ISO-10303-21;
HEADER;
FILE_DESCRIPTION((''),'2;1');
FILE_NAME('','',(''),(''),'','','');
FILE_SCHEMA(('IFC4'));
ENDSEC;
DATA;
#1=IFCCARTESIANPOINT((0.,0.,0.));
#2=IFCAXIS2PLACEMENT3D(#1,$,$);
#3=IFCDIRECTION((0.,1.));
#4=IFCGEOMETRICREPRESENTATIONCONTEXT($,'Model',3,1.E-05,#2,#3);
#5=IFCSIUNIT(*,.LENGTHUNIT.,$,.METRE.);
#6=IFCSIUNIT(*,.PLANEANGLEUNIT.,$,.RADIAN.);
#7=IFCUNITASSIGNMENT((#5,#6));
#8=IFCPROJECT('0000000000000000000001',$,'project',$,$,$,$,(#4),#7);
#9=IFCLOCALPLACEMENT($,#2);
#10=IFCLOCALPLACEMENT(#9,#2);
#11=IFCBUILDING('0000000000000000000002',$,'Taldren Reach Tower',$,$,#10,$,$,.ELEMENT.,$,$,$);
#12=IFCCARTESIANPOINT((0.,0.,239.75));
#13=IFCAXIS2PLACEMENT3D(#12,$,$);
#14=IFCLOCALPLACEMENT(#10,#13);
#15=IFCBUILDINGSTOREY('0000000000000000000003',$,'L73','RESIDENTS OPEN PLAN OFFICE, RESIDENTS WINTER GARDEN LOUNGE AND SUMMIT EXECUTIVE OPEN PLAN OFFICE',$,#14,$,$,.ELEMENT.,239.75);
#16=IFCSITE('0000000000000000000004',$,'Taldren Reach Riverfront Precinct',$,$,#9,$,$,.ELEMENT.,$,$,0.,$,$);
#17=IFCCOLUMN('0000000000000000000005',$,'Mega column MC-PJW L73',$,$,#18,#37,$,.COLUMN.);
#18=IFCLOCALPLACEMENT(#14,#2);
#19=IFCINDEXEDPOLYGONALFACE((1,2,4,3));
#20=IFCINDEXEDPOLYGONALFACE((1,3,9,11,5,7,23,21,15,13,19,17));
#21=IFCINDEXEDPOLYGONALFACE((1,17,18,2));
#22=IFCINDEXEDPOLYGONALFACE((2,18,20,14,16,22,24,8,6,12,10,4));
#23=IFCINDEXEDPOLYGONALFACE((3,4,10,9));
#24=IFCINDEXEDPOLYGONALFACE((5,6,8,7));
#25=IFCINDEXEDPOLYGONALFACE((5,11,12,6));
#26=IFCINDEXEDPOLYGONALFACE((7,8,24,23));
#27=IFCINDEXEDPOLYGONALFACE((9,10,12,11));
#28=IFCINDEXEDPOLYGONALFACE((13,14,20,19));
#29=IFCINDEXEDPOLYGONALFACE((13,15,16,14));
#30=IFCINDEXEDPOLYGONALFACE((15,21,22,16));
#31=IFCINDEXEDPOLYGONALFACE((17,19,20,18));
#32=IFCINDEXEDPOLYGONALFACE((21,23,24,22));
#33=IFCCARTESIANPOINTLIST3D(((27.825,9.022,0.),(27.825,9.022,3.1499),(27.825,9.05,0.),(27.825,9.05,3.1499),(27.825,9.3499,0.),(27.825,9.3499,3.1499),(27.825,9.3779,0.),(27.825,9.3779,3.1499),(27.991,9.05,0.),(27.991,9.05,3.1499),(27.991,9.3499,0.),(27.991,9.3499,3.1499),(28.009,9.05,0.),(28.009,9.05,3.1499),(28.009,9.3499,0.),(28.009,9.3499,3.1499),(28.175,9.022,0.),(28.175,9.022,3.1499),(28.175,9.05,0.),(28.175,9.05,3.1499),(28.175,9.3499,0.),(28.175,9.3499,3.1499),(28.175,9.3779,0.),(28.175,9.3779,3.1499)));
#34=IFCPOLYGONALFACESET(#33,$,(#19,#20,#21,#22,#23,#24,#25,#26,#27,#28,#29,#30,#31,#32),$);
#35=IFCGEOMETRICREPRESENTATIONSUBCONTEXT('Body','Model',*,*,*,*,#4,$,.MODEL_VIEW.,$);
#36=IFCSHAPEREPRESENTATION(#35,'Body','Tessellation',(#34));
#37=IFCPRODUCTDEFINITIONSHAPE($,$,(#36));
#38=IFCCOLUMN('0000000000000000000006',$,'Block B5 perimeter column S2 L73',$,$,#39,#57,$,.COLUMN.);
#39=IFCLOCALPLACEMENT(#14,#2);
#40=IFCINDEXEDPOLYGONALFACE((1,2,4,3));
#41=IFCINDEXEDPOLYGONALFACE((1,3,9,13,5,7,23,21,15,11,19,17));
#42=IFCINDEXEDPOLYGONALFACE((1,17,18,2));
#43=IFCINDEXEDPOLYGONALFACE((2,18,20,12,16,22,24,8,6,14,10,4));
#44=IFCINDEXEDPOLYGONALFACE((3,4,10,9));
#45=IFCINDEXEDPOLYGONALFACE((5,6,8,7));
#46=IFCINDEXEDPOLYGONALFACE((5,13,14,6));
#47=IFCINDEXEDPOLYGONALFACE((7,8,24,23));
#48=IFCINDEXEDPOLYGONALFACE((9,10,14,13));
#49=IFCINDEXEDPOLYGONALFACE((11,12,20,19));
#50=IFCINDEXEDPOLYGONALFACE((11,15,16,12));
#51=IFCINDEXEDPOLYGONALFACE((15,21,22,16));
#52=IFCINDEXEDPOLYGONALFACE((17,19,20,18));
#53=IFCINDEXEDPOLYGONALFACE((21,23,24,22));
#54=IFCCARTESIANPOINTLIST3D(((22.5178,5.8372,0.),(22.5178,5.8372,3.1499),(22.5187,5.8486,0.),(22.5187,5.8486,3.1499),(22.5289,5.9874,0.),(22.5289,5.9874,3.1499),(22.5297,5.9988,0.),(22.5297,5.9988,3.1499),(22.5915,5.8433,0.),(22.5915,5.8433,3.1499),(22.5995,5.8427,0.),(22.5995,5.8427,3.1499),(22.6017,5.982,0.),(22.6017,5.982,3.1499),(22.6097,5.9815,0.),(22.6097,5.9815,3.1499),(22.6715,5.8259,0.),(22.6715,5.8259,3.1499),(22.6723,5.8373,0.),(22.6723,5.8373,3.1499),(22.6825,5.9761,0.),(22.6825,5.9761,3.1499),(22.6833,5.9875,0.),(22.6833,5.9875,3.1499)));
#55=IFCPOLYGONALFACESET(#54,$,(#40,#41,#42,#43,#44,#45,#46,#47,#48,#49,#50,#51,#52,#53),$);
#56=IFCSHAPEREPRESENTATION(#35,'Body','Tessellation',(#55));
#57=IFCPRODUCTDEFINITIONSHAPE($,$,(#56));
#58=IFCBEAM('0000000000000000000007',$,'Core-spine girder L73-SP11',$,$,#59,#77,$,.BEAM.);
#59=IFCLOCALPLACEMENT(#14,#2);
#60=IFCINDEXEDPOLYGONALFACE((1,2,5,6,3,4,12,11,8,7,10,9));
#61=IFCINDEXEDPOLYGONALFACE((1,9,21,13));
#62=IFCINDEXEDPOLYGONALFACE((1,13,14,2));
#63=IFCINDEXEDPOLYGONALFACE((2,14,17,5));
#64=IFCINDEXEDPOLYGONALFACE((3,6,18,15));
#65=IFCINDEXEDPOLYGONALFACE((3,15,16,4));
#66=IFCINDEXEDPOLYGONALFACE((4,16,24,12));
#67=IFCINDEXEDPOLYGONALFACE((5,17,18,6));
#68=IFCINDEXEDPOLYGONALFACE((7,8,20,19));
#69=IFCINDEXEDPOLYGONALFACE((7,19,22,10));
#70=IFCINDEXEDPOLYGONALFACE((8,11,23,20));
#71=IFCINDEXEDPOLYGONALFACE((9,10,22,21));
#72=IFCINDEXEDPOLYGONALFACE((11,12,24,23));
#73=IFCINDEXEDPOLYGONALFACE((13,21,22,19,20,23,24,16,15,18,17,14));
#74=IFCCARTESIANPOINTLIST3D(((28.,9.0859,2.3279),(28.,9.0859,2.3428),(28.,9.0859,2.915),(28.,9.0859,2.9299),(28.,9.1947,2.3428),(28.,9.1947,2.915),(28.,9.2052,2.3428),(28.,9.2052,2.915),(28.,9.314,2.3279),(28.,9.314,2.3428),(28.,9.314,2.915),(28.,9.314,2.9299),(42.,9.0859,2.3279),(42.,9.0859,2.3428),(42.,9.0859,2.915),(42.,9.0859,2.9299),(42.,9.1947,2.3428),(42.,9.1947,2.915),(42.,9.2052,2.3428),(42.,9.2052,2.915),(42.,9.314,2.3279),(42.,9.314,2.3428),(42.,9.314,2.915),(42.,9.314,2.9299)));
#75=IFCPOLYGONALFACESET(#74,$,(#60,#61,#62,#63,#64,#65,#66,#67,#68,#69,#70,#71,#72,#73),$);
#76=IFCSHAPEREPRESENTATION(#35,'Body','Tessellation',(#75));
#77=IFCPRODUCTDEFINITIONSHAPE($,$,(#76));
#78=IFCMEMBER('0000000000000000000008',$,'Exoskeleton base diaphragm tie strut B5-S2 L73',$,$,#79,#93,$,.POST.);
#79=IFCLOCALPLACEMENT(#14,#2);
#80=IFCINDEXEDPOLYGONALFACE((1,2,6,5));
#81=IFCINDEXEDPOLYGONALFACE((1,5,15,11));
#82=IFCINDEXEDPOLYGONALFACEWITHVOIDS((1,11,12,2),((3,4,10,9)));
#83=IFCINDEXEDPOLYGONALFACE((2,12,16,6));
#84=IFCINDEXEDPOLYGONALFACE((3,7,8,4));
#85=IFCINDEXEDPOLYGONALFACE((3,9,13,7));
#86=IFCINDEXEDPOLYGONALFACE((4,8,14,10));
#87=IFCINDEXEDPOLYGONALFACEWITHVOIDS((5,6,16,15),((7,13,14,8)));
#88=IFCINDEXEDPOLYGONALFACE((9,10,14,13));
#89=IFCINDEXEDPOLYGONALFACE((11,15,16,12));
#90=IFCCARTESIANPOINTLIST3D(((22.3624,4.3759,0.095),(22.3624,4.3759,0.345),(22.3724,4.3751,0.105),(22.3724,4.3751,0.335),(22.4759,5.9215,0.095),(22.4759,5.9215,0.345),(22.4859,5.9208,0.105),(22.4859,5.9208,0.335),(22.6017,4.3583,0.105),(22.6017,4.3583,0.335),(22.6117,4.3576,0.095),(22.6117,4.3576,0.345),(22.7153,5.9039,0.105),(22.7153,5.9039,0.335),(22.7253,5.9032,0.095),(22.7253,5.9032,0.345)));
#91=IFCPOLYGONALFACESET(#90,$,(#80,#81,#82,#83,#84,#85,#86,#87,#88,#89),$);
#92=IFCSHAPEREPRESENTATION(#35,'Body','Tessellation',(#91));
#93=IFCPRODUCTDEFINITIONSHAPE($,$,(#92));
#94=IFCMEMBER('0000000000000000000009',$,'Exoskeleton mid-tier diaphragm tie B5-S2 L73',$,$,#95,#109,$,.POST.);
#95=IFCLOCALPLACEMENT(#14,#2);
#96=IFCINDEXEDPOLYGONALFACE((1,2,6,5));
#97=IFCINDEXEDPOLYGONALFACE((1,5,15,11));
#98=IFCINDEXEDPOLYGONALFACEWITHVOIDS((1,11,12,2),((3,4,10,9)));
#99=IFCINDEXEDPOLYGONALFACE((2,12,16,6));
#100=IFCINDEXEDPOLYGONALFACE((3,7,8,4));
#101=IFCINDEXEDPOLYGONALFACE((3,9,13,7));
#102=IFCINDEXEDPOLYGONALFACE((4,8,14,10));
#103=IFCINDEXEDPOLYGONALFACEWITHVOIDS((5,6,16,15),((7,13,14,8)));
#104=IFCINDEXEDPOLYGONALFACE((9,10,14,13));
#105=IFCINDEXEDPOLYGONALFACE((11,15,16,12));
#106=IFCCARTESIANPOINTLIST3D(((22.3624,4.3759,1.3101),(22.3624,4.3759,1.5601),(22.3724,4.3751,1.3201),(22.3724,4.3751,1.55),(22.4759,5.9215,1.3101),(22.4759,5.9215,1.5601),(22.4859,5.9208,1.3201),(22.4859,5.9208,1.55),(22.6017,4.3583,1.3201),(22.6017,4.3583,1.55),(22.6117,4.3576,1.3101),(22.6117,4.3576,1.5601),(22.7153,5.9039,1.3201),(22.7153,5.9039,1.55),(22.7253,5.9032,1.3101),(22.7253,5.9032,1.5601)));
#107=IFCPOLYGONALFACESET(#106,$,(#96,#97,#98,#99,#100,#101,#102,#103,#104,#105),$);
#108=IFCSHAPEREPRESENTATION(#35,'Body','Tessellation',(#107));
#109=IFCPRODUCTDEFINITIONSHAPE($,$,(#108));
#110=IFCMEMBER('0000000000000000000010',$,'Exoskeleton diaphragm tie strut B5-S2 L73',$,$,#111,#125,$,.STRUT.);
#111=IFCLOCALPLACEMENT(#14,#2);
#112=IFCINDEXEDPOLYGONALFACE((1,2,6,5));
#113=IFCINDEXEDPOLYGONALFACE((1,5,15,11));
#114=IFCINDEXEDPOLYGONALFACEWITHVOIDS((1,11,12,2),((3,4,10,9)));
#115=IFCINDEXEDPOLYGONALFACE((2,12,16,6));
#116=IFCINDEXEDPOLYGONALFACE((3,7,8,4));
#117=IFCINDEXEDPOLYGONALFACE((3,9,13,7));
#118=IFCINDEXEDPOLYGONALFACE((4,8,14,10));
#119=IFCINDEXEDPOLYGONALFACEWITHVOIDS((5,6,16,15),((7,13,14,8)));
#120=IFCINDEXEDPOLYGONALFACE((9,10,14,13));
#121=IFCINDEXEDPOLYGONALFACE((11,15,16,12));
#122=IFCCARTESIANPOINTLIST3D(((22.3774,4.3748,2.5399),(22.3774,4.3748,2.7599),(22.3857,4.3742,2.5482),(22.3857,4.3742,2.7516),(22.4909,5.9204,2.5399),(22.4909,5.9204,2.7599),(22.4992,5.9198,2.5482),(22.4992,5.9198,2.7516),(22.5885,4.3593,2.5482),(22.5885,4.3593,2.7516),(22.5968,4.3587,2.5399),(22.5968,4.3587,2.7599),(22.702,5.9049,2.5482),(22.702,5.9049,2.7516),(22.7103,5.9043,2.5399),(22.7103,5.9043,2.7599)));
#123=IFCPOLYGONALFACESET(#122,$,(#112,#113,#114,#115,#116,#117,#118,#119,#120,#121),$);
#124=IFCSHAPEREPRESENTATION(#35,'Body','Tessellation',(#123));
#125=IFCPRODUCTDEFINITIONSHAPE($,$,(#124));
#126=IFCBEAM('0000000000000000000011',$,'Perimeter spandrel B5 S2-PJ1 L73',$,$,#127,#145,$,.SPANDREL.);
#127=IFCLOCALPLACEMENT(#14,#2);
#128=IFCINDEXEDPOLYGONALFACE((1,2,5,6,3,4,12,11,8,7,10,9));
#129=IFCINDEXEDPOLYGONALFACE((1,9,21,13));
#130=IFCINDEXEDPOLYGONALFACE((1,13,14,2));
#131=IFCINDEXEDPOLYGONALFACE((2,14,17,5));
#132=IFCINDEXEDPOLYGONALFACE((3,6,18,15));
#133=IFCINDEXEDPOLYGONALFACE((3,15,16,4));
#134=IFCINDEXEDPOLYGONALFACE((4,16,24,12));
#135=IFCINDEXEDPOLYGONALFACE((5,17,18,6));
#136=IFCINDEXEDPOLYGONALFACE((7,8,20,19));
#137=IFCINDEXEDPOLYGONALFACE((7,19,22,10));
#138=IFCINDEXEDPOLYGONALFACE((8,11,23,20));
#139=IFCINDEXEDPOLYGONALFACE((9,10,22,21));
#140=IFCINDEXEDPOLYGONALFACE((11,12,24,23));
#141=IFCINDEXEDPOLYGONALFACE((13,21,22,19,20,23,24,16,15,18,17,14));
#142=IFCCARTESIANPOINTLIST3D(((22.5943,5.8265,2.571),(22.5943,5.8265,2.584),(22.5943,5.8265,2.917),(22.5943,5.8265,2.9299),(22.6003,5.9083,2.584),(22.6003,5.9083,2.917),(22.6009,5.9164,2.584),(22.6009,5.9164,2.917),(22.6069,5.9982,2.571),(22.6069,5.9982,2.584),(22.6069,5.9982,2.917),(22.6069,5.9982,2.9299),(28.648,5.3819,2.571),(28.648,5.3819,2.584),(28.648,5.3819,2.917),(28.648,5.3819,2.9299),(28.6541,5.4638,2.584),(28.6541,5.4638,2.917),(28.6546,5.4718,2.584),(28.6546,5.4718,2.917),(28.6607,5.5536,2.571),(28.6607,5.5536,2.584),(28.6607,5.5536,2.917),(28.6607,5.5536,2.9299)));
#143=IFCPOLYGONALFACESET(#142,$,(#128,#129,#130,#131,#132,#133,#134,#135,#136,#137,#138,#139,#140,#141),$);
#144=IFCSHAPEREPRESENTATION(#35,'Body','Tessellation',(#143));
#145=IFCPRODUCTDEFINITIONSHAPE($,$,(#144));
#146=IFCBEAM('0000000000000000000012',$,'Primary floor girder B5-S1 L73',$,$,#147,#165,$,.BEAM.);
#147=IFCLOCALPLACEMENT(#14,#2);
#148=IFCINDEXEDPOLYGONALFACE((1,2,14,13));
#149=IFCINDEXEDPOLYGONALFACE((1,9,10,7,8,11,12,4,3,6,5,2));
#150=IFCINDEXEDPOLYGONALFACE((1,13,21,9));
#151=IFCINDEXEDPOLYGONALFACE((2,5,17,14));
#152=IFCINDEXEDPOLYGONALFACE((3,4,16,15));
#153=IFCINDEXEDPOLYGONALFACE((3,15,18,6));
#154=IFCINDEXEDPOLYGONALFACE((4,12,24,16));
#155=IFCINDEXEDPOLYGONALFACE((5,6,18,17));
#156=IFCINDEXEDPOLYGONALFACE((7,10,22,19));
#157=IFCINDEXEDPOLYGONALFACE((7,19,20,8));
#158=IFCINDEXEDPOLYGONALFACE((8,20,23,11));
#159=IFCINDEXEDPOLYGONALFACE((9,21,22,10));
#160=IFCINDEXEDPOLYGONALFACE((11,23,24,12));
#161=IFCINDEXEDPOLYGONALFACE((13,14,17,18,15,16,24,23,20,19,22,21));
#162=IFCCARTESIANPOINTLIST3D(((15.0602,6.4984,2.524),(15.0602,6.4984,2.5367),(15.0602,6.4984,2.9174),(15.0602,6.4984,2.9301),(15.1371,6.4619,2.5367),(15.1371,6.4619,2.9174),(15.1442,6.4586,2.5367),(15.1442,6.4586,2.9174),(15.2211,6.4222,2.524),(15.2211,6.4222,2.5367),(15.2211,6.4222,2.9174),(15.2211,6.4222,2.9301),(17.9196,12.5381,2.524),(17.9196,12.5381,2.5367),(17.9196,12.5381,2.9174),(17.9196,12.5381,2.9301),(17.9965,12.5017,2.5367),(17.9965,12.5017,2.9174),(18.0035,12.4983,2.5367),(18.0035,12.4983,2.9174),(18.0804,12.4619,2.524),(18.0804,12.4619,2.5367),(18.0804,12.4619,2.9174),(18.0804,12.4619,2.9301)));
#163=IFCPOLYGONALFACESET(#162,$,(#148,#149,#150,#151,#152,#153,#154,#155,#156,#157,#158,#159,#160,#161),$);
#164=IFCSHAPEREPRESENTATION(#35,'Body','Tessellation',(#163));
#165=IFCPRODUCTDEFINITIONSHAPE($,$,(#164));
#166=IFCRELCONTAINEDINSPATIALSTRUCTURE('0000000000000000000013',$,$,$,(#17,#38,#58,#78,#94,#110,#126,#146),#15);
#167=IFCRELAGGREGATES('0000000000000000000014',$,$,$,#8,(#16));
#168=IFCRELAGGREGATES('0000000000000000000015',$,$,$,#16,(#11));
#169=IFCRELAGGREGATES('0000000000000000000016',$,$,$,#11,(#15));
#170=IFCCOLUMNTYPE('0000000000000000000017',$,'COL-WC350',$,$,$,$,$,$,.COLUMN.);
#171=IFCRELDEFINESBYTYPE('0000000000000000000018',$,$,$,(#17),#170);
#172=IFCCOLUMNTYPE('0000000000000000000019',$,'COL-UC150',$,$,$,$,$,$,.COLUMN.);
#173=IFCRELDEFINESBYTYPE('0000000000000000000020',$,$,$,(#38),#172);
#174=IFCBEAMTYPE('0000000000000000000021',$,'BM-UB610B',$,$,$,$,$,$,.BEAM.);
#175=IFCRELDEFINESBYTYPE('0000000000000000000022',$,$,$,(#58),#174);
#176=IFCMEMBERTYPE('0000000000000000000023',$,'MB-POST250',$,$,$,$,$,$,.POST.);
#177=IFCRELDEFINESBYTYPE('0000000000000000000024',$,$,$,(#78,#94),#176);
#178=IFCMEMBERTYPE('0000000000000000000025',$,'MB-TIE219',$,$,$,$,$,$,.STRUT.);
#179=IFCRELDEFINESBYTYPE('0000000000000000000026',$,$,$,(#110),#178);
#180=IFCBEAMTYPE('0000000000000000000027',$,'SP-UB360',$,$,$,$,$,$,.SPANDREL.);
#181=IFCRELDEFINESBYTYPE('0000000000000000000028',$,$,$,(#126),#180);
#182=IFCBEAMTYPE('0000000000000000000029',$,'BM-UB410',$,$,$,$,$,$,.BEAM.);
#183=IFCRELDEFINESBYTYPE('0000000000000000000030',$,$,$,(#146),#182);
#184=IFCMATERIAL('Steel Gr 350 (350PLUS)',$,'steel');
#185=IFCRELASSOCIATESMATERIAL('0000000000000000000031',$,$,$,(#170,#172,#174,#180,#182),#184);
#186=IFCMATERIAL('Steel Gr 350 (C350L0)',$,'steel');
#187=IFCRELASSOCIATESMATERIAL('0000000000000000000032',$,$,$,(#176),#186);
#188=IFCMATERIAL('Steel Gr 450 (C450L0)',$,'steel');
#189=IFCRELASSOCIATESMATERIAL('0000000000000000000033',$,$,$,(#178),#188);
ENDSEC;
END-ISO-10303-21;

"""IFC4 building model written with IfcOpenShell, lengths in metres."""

from ifc_helpers import new_model, si_unit, direction, frame, origin, origin_2d, place, context, subcontext, project, spatial, hollow_rectangle, i_section, extrude, source, transform, mapped, material, material_profile, profile_set, type_object, element, save


model = new_model("IFC4")

# Units and contexts
model_context = context("Model", 3, precision=1e-05, world=origin(), true_north=direction((0.0, 1.0)))
body_context = subcontext(model_context, "Body", "Model", "MODEL_VIEW")
ifc_project = project(units=[si_unit("LENGTHUNIT", "METRE"), si_unit("PLANEANGLEUNIT", "RADIAN")], contexts=[model_context])

# Site, building, storey
site_placement = place(None, origin())
site = spatial("IfcSite", under=ifc_project, at=site_placement, Name="Taldren Reach Riverfront Precinct", CompositionType="ELEMENT", RefElevation=0.0)
building_placement = place(site_placement, origin())
building = spatial("IfcBuilding", under=site, at=building_placement, Name="Taldren Reach Tower", CompositionType="ELEMENT")
storey_placement = place(building_placement, frame((0.0, 0.0, 239.75)))
storey = spatial("IfcBuildingStorey", under=building, at=storey_placement, Name="L73", Description="RESIDENTS OPEN PLAN OFFICE, RESIDENTS WINTER GARDEN LOUNGE AND SUMMIT EXECUTIVE OPEN PLAN OFFICE", CompositionType="ELEMENT", Elevation=239.75)

# Columns
ifc_material_1 = material(Name="Steel Gr 350 (350PLUS)", Category="steel")
ifc_material_profile_1 = material_profile(ifc_material_1, i_section(OverallWidth=0.3501, OverallDepth=0.356, WebThickness=0.0181, FlangeThickness=0.0281, at=origin_2d()), Name="350WC197")
ifc_profile_set_1 = profile_set([ifc_material_profile_1], Name="Steel Gr 350 (350PLUS)")
column_type_1 = type_object("IfcColumnType", Name="COL-WC350", PredefinedType="COLUMN", material=ifc_profile_set_1)
shared_shape_1 = source(origin(), body_context, "Body", "SweptSolid", [
    extrude(i_section(OverallWidth=0.3501, OverallDepth=0.356, WebThickness=0.0181, FlangeThickness=0.0281, at=origin_2d()), origin(), (0.0, 0.0, 1.0), 3.1499),
])
column_1_placement = place(storey_placement, frame((28.0, 9.2, 0.0), z_axis=(0.0, 0.0, 1.0), x_axis=(1.0, 0.0, 0.0)))
element("IfcColumn", 1, at=column_1_placement, inside=storey, type_object=column_type_1, Name="Mega column MC-PJW L73", PredefinedType="COLUMN", context=body_context, shape_type="MappedRepresentation", body=[
    mapped(shared_shape_1, transform((0.0, 0.0, 0.0), scale=1.0)),
])
ifc_material_profile_2 = material_profile(ifc_material_1, i_section(OverallWidth=0.1541, OverallDepth=0.1621, WebThickness=0.0081, FlangeThickness=0.0115, at=origin_2d()), Name="150UC37.2")
ifc_profile_set_2 = profile_set([ifc_material_profile_2], Name="Steel Gr 350 (350PLUS)")
column_type_2 = type_object("IfcColumnType", Name="COL-UC150", PredefinedType="COLUMN", material=ifc_profile_set_2)
shared_shape_2 = source(origin(), body_context, "Body", "SweptSolid", [
    extrude(i_section(OverallWidth=0.1541, OverallDepth=0.1621, WebThickness=0.0081, FlangeThickness=0.0115, at=origin_2d()), origin(), (0.0, 0.0, 1.0), 3.1499),
])
column_2_placement = place(storey_placement, frame((22.6006, 5.9124, 0.0), z_axis=(0.0, 0.0, 1.0), x_axis=(0.997314, -0.073238, 0.0)))
element("IfcColumn", 2, at=column_2_placement, inside=storey, type_object=column_type_2, Name="Block B5 perimeter column S2 L73", PredefinedType="COLUMN", context=body_context, shape_type="MappedRepresentation", body=[
    mapped(shared_shape_2, transform((0.0, 0.0, 0.0), scale=1.0)),
])

# Beam
ifc_material_profile_3 = material_profile(ifc_material_1, i_section(OverallWidth=0.228, OverallDepth=0.6021, WebThickness=0.0105, FlangeThickness=0.0149, at=origin_2d()), Name="610UB101")
ifc_profile_set_3 = profile_set([ifc_material_profile_3], Name="Steel Gr 350 (350PLUS)")
beam_type_1 = type_object("IfcBeamType", Name="BM-UB610B", PredefinedType="BEAM", material=ifc_profile_set_3)
shared_shape_3 = source(origin(), body_context, "Body", "SweptSolid", [
    extrude(i_section(OverallWidth=0.228, OverallDepth=0.6021, WebThickness=0.0105, FlangeThickness=0.0149, at=origin_2d()), origin(), (0.0, 0.0, 1.0), 14.0),
])
beam_1_placement = place(storey_placement, frame((28.0, 9.2, 2.6289), z_axis=(1.0, 0.0, 0.0), x_axis=(0.0, 1.0, 0.0)))
element("IfcBeam", 3, at=beam_1_placement, inside=storey, type_object=beam_type_1, Name="Core-spine girder L73-SP11", PredefinedType="BEAM", context=body_context, shape_type="MappedRepresentation", body=[
    mapped(shared_shape_3, transform((0.0, 0.0, 0.0), scale=1.0)),
])

# Members
ifc_material_2 = material(Name="Steel Gr 350 (C350L0)", Category="steel")
ifc_material_profile_4 = material_profile(ifc_material_2, hollow_rectangle(XDim=0.25, YDim=0.25, WallThickness=0.01, at=origin_2d()), Name="250x250x10.0SHS")
ifc_profile_set_4 = profile_set([ifc_material_profile_4], Name="Steel Gr 350 (C350L0)")
member_type_1 = type_object("IfcMemberType", Name="MB-POST250", PredefinedType="POST", material=ifc_profile_set_4)
shared_shape_4 = source(origin(), body_context, "Body", "SweptSolid", [
    extrude(hollow_rectangle(XDim=0.25, YDim=0.25, WallThickness=0.01, at=origin_2d()), origin(), (0.0, 0.0, 1.0), 1.5498),
])
for number, where, z_axis, x_axis, name in (
    (4, (22.6006, 5.9124, 0.22), (-0.073251, -0.997314, 0.0), (0.997314, -0.073251, 0.0), "Exoskeleton base diaphragm tie strut B5-S2 L73"),
    (5, (22.6006, 5.9124, 1.4351), (-0.073251, -0.997314, 0.0), (0.997314, -0.073251, 0.0), "Exoskeleton mid-tier diaphragm tie B5-S2 L73"),
):
    element("IfcMember", number, at=place(storey_placement, frame(where, z_axis=z_axis, x_axis=x_axis)), inside=storey, type_object=member_type_1, Name=name, PredefinedType="POST", context=body_context, shape_type="MappedRepresentation", body=[
        mapped(shared_shape_4, transform((0.0, 0.0, 0.0), scale=1.0)),
    ])
ifc_material_3 = material(Name="Steel Gr 450 (C450L0)", Category="steel")
ifc_material_profile_5 = material_profile(ifc_material_3, hollow_rectangle(XDim=0.22, YDim=0.22, WallThickness=0.0083, at=origin_2d()), Name="220x220x8.2SHS")
ifc_profile_set_5 = profile_set([ifc_material_profile_5], Name="Steel Gr 450 (C450L0)")
member_type_2 = type_object("IfcMemberType", Name="MB-TIE219", PredefinedType="STRUT", material=ifc_profile_set_5)
shared_shape_5 = source(origin(), body_context, "Body", "SweptSolid", [
    extrude(hollow_rectangle(XDim=0.22, YDim=0.22, WallThickness=0.0083, at=origin_2d()), origin(), (0.0, 0.0, 1.0), 1.5498),
])
member_placement = place(storey_placement, frame((22.6006, 5.9124, 2.6499), z_axis=(-0.073251, -0.997314, 0.0), x_axis=(0.997314, -0.073251, 0.0)))
element("IfcMember", 6, at=member_placement, inside=storey, type_object=member_type_2, Name="Exoskeleton diaphragm tie strut B5-S2 L73", PredefinedType="STRUT", context=body_context, shape_type="MappedRepresentation", body=[
    mapped(shared_shape_5, transform((0.0, 0.0, 0.0), scale=1.0)),
])

# Beams
ifc_material_profile_6 = material_profile(ifc_material_1, i_section(OverallWidth=0.1721, OverallDepth=0.3589, WebThickness=0.0081, FlangeThickness=0.0129, at=origin_2d()), Name="360UB56.7")
ifc_profile_set_6 = profile_set([ifc_material_profile_6], Name="Steel Gr 350 (350PLUS)")
beam_type_2 = type_object("IfcBeamType", Name="SP-UB360", PredefinedType="SPANDREL", material=ifc_profile_set_6)
shared_shape_6 = source(origin(), body_context, "Body", "SweptSolid", [
    extrude(i_section(OverallWidth=0.1721, OverallDepth=0.3589, WebThickness=0.0081, FlangeThickness=0.0129, at=origin_2d()), origin(), (0.0, 0.0, 1.0), 6.0701),
])
beam_2_placement = place(storey_placement, frame((22.6006, 5.9124, 2.7505), z_axis=(0.997314, -0.073242, 0.0), x_axis=(0.073242, 0.997314, 0.0)))
element("IfcBeam", 7, at=beam_2_placement, inside=storey, type_object=beam_type_2, Name="Perimeter spandrel B5 S2-PJ1 L73", PredefinedType="SPANDREL", context=body_context, shape_type="MappedRepresentation", body=[
    mapped(shared_shape_6, transform((0.0, 0.0, 0.0), scale=1.0)),
])
ifc_material_profile_7 = material_profile(ifc_material_1, i_section(OverallWidth=0.178, OverallDepth=0.406, WebThickness=0.0078, FlangeThickness=0.0127, at=origin_2d()), Name="410UB59.7")
ifc_profile_set_7 = profile_set([ifc_material_profile_7], Name="Steel Gr 350 (350PLUS)")
beam_type_3 = type_object("IfcBeamType", Name="BM-UB410", PredefinedType="BEAM", material=ifc_profile_set_7)
shared_shape_7 = source(origin(), body_context, "Body", "SweptSolid", [
    extrude(i_section(OverallWidth=0.178, OverallDepth=0.406, WebThickness=0.0078, FlangeThickness=0.0127, at=origin_2d()), origin(), (0.0, 0.0, 1.0), 6.6824),
])
beam_3_placement = place(storey_placement, frame((18.0, 12.5, 2.7271), z_axis=(-0.427893, -0.903829, 0.0), x_axis=(0.903829, -0.427893, 0.0)))
element("IfcBeam", 8, at=beam_3_placement, inside=storey, type_object=beam_type_3, Name="Primary floor girder B5-S1 L73", PredefinedType="BEAM", context=body_context, shape_type="MappedRepresentation", body=[
    mapped(shared_shape_7, transform((0.0, 0.0, 0.0), scale=1.0)),
])

save(model, "model.ifc")
